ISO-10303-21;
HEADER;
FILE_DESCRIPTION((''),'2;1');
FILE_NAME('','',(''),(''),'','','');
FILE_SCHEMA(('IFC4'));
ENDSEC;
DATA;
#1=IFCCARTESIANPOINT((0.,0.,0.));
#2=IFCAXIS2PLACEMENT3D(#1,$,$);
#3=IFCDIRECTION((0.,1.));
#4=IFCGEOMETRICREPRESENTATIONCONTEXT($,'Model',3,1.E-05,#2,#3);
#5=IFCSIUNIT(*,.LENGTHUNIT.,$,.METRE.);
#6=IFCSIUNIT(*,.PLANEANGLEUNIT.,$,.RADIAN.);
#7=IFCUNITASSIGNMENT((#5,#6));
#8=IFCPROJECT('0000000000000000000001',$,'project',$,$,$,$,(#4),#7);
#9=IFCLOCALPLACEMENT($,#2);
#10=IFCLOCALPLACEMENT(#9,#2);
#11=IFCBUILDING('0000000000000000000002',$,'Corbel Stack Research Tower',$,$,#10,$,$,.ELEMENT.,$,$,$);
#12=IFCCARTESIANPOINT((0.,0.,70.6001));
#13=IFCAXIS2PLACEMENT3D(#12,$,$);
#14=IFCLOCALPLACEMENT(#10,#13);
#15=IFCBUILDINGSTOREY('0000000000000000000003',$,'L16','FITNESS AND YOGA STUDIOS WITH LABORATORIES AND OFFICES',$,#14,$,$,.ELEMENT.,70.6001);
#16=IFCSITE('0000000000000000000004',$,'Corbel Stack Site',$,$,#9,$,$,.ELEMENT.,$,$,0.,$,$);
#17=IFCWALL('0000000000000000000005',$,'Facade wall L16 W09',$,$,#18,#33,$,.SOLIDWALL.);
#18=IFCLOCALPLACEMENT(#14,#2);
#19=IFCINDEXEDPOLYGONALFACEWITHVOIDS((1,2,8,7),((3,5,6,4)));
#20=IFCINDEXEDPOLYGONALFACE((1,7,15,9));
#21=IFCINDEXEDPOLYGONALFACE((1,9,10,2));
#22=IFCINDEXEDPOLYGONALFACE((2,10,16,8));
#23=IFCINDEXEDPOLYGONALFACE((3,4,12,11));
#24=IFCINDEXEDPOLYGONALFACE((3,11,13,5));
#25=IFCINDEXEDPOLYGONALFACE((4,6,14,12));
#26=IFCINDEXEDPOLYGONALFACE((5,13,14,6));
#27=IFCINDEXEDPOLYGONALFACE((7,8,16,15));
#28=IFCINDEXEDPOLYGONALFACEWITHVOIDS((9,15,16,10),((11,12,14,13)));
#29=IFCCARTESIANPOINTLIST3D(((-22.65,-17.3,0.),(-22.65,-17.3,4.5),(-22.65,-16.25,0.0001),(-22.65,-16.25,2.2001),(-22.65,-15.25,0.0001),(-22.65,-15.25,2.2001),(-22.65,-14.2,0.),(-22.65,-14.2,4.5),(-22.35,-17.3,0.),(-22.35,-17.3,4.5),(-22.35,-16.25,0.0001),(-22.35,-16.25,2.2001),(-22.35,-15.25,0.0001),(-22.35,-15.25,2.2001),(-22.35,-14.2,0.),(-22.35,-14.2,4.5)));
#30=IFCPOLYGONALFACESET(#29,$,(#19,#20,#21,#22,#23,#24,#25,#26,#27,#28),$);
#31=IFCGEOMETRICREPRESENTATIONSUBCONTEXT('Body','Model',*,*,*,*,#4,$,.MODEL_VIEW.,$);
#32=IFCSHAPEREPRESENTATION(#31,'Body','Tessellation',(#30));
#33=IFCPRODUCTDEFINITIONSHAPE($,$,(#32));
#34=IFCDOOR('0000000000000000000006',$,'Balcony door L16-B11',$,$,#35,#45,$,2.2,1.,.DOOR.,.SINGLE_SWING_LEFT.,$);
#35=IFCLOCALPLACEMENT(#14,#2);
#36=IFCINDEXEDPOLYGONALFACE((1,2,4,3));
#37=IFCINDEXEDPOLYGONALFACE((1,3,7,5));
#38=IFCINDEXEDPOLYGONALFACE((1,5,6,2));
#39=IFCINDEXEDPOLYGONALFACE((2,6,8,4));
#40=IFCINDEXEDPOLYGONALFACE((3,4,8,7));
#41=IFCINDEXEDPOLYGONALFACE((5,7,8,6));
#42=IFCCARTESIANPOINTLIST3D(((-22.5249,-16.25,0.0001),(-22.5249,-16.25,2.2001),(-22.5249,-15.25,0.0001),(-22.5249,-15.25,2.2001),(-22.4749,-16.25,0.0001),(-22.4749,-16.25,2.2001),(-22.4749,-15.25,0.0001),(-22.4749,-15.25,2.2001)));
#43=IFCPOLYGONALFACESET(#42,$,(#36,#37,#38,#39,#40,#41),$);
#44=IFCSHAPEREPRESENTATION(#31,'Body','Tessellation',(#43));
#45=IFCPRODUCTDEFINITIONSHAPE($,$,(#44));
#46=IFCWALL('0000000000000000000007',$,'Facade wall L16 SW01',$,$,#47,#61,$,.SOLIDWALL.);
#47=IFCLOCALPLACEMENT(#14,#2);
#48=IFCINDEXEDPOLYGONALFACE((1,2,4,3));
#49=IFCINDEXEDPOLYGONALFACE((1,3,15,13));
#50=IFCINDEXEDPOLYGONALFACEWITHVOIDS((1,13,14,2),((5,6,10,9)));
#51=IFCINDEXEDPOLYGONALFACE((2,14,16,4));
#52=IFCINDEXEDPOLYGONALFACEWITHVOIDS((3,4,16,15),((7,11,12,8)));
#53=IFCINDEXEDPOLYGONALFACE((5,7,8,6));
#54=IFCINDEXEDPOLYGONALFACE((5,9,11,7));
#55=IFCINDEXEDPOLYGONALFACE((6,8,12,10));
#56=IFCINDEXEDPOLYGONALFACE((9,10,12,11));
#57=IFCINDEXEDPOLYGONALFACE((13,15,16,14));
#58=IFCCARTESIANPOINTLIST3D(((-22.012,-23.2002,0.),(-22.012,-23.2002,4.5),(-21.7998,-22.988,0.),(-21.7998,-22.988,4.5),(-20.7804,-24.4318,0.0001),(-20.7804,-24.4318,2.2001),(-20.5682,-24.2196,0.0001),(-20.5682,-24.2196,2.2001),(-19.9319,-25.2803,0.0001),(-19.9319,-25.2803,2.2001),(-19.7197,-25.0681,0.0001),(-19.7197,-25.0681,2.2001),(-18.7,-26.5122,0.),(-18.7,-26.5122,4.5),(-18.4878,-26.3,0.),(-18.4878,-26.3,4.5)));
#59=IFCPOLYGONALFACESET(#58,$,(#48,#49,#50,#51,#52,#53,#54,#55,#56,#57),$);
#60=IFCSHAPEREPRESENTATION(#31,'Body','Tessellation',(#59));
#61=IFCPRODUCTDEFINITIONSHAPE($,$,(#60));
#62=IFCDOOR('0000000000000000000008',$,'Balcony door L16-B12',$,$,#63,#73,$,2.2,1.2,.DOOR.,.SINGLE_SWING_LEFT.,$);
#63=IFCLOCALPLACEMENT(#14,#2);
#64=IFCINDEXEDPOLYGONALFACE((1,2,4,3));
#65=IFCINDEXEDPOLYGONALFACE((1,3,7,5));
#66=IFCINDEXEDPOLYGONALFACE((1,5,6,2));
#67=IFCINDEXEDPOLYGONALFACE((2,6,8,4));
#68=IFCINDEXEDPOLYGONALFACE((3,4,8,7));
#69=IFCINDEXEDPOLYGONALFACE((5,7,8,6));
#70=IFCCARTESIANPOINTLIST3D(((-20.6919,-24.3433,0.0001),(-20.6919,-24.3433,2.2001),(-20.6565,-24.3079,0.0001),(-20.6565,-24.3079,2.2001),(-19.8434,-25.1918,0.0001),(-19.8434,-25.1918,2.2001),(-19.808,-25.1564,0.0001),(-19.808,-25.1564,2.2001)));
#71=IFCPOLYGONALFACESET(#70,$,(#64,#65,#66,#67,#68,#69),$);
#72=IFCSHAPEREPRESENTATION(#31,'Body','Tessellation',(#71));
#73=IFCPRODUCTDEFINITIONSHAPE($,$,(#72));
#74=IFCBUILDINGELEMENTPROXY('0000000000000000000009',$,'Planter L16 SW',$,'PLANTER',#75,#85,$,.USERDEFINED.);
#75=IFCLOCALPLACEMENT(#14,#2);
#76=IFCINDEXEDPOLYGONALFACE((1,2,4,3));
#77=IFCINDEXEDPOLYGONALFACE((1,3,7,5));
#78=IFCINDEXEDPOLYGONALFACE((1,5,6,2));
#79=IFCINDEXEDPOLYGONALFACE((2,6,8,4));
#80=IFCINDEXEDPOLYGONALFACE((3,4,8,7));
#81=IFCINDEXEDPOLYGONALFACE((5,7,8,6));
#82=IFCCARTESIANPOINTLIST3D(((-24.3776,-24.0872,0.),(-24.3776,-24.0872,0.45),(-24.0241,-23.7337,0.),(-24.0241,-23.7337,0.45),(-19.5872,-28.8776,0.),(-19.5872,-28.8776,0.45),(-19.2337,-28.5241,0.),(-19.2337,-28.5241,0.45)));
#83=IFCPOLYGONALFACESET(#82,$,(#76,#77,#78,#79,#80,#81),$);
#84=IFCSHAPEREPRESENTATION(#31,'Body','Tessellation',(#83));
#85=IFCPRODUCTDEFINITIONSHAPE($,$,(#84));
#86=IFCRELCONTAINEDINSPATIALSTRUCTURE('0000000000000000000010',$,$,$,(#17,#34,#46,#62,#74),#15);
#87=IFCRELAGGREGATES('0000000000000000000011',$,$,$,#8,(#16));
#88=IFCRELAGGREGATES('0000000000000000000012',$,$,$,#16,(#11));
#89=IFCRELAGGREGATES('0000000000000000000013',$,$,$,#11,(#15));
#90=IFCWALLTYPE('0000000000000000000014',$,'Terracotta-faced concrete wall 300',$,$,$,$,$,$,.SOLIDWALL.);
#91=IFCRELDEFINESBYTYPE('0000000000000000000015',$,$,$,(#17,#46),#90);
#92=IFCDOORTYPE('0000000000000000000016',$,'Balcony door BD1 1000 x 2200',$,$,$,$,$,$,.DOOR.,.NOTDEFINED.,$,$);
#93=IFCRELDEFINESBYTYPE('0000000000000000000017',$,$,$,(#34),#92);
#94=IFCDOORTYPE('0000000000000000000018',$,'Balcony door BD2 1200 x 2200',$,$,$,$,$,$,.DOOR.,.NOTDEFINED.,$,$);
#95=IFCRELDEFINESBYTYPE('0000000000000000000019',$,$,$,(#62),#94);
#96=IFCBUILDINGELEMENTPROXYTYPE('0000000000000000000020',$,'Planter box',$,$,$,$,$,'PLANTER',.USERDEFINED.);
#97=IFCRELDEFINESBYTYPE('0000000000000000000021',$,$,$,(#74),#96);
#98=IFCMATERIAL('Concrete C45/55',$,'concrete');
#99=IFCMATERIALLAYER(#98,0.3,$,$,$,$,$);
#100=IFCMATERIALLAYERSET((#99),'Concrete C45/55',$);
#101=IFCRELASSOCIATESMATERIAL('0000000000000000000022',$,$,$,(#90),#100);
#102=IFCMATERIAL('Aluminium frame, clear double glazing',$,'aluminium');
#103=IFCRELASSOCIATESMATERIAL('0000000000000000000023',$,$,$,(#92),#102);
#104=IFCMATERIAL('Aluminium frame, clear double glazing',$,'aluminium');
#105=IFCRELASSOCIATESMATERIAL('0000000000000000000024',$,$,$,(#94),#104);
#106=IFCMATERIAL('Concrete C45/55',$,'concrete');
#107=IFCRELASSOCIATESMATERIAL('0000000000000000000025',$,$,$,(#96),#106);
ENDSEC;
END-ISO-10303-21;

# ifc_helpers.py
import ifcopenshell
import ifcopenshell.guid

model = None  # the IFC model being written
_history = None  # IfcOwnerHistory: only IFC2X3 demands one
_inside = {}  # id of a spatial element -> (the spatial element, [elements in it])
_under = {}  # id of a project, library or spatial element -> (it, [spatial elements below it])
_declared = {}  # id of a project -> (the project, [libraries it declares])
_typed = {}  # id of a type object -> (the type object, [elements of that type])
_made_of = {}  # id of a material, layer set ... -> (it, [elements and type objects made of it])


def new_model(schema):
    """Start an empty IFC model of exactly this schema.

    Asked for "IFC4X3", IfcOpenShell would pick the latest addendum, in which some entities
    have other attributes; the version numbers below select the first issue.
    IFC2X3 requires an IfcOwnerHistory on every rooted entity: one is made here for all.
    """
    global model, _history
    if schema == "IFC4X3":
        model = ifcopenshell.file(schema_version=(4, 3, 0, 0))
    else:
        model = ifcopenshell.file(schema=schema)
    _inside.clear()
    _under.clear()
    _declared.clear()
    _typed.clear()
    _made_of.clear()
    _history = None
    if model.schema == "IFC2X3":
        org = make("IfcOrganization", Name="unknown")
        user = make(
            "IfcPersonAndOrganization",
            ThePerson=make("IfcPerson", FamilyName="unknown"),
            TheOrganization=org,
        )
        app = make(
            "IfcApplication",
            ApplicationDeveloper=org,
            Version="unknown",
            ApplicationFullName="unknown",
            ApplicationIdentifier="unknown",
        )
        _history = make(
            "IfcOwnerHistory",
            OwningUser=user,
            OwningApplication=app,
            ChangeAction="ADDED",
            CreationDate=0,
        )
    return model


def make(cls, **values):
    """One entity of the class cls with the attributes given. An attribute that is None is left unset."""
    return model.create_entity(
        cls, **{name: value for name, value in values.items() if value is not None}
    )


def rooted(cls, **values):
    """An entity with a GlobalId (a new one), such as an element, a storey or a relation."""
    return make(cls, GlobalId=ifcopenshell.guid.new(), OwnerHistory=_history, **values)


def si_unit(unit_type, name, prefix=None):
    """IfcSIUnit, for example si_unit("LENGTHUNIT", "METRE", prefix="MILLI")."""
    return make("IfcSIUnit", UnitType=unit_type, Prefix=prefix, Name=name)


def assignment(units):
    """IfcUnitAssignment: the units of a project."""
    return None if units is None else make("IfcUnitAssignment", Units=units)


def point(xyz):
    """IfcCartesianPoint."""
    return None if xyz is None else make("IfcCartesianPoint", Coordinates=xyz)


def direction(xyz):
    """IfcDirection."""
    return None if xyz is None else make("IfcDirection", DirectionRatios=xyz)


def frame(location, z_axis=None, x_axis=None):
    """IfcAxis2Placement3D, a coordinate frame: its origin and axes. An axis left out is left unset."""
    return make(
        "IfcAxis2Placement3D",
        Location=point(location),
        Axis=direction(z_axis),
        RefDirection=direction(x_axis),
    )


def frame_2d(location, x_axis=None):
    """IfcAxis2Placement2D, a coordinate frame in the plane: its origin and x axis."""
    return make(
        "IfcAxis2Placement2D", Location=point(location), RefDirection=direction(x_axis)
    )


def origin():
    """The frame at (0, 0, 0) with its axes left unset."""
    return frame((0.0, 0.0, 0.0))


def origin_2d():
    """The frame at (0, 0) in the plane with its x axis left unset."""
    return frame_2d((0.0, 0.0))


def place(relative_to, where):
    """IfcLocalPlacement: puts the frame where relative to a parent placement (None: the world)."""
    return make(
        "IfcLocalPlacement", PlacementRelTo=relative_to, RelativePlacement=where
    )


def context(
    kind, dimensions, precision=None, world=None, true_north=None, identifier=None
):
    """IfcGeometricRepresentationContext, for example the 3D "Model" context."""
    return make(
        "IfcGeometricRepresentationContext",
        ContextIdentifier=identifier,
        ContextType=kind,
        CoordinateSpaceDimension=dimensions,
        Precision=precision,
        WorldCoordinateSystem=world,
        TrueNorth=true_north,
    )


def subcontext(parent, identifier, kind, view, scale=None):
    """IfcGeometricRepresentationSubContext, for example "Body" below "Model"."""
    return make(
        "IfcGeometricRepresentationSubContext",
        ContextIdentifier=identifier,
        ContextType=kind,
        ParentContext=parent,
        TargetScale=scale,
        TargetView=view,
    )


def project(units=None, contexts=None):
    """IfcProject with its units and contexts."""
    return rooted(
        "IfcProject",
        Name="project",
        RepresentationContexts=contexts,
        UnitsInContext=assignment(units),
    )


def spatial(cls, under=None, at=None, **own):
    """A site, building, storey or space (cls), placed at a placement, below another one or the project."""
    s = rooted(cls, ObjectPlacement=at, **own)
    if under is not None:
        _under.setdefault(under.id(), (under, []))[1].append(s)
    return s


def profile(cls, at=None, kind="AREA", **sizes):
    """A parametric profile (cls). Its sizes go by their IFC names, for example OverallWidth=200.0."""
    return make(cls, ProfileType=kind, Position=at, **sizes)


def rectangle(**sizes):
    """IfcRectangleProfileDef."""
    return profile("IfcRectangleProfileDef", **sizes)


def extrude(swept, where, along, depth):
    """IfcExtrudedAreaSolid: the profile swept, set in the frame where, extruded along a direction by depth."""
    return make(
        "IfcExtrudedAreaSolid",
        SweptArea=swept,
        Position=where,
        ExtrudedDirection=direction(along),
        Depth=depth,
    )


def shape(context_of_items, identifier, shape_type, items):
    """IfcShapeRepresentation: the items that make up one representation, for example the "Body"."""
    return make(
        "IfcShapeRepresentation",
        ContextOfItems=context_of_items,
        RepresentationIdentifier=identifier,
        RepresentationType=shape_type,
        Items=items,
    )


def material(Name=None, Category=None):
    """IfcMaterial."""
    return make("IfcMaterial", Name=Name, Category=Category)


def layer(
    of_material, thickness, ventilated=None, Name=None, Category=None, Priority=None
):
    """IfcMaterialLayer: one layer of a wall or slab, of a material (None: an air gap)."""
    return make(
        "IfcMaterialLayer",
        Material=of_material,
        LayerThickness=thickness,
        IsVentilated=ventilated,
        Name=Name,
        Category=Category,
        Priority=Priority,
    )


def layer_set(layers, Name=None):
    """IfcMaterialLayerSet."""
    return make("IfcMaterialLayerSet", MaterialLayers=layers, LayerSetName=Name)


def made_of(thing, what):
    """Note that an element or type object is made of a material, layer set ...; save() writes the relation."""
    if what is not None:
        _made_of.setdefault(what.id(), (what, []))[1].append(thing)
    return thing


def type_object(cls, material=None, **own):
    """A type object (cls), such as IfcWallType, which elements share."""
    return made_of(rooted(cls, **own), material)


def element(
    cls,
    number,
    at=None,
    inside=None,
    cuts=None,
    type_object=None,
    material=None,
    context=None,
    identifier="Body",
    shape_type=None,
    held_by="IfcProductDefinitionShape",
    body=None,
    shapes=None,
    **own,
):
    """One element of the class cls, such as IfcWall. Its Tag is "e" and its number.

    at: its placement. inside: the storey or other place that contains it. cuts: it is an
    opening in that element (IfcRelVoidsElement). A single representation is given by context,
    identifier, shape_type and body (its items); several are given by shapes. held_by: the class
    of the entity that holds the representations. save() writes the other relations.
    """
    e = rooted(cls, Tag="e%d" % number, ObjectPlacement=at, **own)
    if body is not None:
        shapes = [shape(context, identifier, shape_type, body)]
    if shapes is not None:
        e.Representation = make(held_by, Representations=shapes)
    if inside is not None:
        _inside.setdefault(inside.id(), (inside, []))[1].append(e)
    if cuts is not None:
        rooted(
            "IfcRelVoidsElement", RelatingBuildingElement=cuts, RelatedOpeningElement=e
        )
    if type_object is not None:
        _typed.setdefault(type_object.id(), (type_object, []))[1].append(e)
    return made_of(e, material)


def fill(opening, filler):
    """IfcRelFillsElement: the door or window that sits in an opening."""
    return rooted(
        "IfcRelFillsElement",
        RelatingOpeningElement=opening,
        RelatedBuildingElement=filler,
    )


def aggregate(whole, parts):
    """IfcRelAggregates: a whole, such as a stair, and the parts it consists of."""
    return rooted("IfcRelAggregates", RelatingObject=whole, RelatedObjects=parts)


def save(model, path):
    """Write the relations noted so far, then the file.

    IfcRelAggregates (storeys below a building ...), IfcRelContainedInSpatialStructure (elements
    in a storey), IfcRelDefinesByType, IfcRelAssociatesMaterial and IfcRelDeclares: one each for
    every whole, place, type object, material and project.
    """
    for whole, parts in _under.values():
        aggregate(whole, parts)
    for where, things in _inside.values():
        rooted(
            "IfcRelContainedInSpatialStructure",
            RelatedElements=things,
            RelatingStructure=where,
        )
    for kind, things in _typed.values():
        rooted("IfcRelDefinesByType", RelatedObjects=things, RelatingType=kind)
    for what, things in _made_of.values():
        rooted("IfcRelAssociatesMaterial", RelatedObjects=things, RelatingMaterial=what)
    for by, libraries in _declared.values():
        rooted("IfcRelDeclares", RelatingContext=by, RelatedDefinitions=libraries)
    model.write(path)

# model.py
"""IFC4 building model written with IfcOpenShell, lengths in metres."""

from ifc_helpers import new_model, si_unit, direction, frame, frame_2d, origin, origin_2d, place, context, subcontext, project, spatial, rectangle, extrude, material, layer, layer_set, type_object, element, fill, save


model = new_model("IFC4")

# Units and contexts
model_context = context("Model", 3, precision=1e-05, world=origin(), true_north=direction((0.0, 1.0)))
body_context = subcontext(model_context, "Body", "Model", "MODEL_VIEW")
ifc_project = project(units=[si_unit("LENGTHUNIT", "METRE"), si_unit("PLANEANGLEUNIT", "RADIAN")], contexts=[model_context])

# Site, building, storey
site_placement = place(None, origin())
site = spatial("IfcSite", under=ifc_project, at=site_placement, Name="Corbel Stack Site", CompositionType="ELEMENT", RefElevation=0.0)
building_placement = place(site_placement, origin())
building = spatial("IfcBuilding", under=site, at=building_placement, Name="Corbel Stack Research Tower", CompositionType="ELEMENT")
storey_placement = place(building_placement, frame((0.0, 0.0, 70.6001)))
storey = spatial("IfcBuildingStorey", under=building, at=storey_placement, Name="L16", Description="FITNESS AND YOGA STUDIOS WITH LABORATORIES AND OFFICES", CompositionType="ELEMENT", Elevation=70.6001)

# Walls, openings, doors
ifc_material_1 = material(Name="Concrete C45/55", Category="concrete")
ifc_layer_1 = layer(ifc_material_1, 0.3)
ifc_layer_set_1 = layer_set([ifc_layer_1], Name="Concrete C45/55")
wall_type = type_object("IfcWallType", Name="Terracotta-faced concrete wall 300", PredefinedType="SOLIDWALL", material=ifc_layer_set_1)
wall_1_placement = place(storey_placement, frame((-22.5, -17.3, 0.0), z_axis=(0.0, 0.0, 1.0), x_axis=(0.0, 1.0, 0.0)))
wall_1 = element("IfcWall", 1, at=wall_1_placement, inside=storey, type_object=wall_type, Name="Facade wall L16 W09", PredefinedType="SOLIDWALL", context=body_context, shape_type="SweptSolid", body=[
    extrude(rectangle(XDim=3.1001, YDim=0.3, at=frame_2d((1.55, 0.0))), origin(), (0.0, 0.0, 1.0), 4.5),
])
opening_1_placement = place(wall_1_placement, frame((1.05, 0.0, 0.0)))
opening_1 = element("IfcOpeningElement", 2, at=opening_1_placement, cuts=wall_1, PredefinedType="OPENING", context=body_context, shape_type="SweptSolid", body=[
    extrude(rectangle(XDim=1.0, YDim=2.2, at=frame_2d((0.5, 1.1001))), frame((0.0, 0.1599, 0.0), z_axis=(0.0, -1.0, 0.0), x_axis=(1.0, 0.0, 0.0)), (0.0, 0.0, 1.0), 0.3201),
])
ifc_material_2 = material(Name="Aluminium frame, clear double glazing", Category="aluminium")
door_type_1 = type_object("IfcDoorType", Name="Balcony door BD1 1000 x 2200", OperationType="NOTDEFINED", PredefinedType="DOOR", material=ifc_material_2)
door_1_placement = place(opening_1_placement, origin())
door_1 = element("IfcDoor", 3, at=door_1_placement, inside=storey, type_object=door_type_1, Name="Balcony door L16-B11", OperationType="SINGLE_SWING_LEFT", OverallHeight=2.2, OverallWidth=1.0, PredefinedType="DOOR", context=body_context, shape_type="SweptSolid", body=[
    extrude(rectangle(XDim=1.0, YDim=2.2, at=frame_2d((0.5, 1.1001))), frame((0.0, 0.0249, 0.0), z_axis=(0.0, -1.0, 0.0), x_axis=(1.0, 0.0, 0.0)), (0.0, 0.0, 1.0), 0.05),
])
fill(opening_1, door_1)
wall_2_placement = place(storey_placement, frame((-18.594, -26.406, 0.0), z_axis=(0.0, 0.0, 1.0), x_axis=(-0.707107, 0.707107, 0.0)))
wall_2 = element("IfcWall", 4, at=wall_2_placement, inside=storey, type_object=wall_type, Name="Facade wall L16 SW01", PredefinedType="SOLIDWALL", context=body_context, shape_type="SweptSolid", body=[
    extrude(rectangle(XDim=4.6838, YDim=0.3, at=frame_2d((2.3418, 0.0))), origin(), (0.0, 0.0, 1.0), 4.5),
])
opening_2_placement = place(wall_2_placement, frame((1.7419, 0.0, 0.0)))
opening_2 = element("IfcOpeningElement", 5, at=opening_2_placement, cuts=wall_2, PredefinedType="OPENING", context=body_context, shape_type="SweptSolid", body=[
    extrude(rectangle(XDim=1.2, YDim=2.2, at=frame_2d((0.6001, 1.1001))), frame((0.0, 0.1599, 0.0), z_axis=(0.0, -1.0, 0.0), x_axis=(1.0, 0.0, 0.0)), (0.0, 0.0, 1.0), 0.3201),
])
ifc_material_3 = material(Name="Aluminium frame, clear double glazing", Category="aluminium")
door_type_2 = type_object("IfcDoorType", Name="Balcony door BD2 1200 x 2200", OperationType="NOTDEFINED", PredefinedType="DOOR", material=ifc_material_3)
door_2_placement = place(opening_2_placement, origin())
door_2 = element("IfcDoor", 6, at=door_2_placement, inside=storey, type_object=door_type_2, Name="Balcony door L16-B12", OperationType="SINGLE_SWING_LEFT", OverallHeight=2.2, OverallWidth=1.2, PredefinedType="DOOR", context=body_context, shape_type="SweptSolid", body=[
    extrude(rectangle(XDim=1.2, YDim=2.2, at=frame_2d((0.6001, 1.1001))), frame((0.0, 0.0249, 0.0), z_axis=(0.0, -1.0, 0.0), x_axis=(1.0, 0.0, 0.0)), (0.0, 0.0, 1.0), 0.05),
])
fill(opening_2, door_2)

# Building element proxy
ifc_material_4 = material(Name="Concrete C45/55", Category="concrete")
building_element_proxy_type = type_object("IfcBuildingElementProxyType", Name="Planter box", ElementType="PLANTER", PredefinedType="USERDEFINED", material=ifc_material_4)
proxy_placement = place(storey_placement, frame((-21.8057, -26.3057, 0.0), z_axis=(0.0, 0.0, 1.0), x_axis=(0.707107, -0.707107, 0.0)))
element("IfcBuildingElementProxy", 7, at=proxy_placement, inside=storey, type_object=building_element_proxy_type, Name="Planter L16 SW", ObjectType="PLANTER", PredefinedType="USERDEFINED", context=body_context, shape_type="SweptSolid", body=[
    extrude(rectangle(XDim=6.7747, YDim=0.5, at=origin_2d()), origin(), (0.0, 0.0, 1.0), 0.45),
])

save(model, "model.ifc")
